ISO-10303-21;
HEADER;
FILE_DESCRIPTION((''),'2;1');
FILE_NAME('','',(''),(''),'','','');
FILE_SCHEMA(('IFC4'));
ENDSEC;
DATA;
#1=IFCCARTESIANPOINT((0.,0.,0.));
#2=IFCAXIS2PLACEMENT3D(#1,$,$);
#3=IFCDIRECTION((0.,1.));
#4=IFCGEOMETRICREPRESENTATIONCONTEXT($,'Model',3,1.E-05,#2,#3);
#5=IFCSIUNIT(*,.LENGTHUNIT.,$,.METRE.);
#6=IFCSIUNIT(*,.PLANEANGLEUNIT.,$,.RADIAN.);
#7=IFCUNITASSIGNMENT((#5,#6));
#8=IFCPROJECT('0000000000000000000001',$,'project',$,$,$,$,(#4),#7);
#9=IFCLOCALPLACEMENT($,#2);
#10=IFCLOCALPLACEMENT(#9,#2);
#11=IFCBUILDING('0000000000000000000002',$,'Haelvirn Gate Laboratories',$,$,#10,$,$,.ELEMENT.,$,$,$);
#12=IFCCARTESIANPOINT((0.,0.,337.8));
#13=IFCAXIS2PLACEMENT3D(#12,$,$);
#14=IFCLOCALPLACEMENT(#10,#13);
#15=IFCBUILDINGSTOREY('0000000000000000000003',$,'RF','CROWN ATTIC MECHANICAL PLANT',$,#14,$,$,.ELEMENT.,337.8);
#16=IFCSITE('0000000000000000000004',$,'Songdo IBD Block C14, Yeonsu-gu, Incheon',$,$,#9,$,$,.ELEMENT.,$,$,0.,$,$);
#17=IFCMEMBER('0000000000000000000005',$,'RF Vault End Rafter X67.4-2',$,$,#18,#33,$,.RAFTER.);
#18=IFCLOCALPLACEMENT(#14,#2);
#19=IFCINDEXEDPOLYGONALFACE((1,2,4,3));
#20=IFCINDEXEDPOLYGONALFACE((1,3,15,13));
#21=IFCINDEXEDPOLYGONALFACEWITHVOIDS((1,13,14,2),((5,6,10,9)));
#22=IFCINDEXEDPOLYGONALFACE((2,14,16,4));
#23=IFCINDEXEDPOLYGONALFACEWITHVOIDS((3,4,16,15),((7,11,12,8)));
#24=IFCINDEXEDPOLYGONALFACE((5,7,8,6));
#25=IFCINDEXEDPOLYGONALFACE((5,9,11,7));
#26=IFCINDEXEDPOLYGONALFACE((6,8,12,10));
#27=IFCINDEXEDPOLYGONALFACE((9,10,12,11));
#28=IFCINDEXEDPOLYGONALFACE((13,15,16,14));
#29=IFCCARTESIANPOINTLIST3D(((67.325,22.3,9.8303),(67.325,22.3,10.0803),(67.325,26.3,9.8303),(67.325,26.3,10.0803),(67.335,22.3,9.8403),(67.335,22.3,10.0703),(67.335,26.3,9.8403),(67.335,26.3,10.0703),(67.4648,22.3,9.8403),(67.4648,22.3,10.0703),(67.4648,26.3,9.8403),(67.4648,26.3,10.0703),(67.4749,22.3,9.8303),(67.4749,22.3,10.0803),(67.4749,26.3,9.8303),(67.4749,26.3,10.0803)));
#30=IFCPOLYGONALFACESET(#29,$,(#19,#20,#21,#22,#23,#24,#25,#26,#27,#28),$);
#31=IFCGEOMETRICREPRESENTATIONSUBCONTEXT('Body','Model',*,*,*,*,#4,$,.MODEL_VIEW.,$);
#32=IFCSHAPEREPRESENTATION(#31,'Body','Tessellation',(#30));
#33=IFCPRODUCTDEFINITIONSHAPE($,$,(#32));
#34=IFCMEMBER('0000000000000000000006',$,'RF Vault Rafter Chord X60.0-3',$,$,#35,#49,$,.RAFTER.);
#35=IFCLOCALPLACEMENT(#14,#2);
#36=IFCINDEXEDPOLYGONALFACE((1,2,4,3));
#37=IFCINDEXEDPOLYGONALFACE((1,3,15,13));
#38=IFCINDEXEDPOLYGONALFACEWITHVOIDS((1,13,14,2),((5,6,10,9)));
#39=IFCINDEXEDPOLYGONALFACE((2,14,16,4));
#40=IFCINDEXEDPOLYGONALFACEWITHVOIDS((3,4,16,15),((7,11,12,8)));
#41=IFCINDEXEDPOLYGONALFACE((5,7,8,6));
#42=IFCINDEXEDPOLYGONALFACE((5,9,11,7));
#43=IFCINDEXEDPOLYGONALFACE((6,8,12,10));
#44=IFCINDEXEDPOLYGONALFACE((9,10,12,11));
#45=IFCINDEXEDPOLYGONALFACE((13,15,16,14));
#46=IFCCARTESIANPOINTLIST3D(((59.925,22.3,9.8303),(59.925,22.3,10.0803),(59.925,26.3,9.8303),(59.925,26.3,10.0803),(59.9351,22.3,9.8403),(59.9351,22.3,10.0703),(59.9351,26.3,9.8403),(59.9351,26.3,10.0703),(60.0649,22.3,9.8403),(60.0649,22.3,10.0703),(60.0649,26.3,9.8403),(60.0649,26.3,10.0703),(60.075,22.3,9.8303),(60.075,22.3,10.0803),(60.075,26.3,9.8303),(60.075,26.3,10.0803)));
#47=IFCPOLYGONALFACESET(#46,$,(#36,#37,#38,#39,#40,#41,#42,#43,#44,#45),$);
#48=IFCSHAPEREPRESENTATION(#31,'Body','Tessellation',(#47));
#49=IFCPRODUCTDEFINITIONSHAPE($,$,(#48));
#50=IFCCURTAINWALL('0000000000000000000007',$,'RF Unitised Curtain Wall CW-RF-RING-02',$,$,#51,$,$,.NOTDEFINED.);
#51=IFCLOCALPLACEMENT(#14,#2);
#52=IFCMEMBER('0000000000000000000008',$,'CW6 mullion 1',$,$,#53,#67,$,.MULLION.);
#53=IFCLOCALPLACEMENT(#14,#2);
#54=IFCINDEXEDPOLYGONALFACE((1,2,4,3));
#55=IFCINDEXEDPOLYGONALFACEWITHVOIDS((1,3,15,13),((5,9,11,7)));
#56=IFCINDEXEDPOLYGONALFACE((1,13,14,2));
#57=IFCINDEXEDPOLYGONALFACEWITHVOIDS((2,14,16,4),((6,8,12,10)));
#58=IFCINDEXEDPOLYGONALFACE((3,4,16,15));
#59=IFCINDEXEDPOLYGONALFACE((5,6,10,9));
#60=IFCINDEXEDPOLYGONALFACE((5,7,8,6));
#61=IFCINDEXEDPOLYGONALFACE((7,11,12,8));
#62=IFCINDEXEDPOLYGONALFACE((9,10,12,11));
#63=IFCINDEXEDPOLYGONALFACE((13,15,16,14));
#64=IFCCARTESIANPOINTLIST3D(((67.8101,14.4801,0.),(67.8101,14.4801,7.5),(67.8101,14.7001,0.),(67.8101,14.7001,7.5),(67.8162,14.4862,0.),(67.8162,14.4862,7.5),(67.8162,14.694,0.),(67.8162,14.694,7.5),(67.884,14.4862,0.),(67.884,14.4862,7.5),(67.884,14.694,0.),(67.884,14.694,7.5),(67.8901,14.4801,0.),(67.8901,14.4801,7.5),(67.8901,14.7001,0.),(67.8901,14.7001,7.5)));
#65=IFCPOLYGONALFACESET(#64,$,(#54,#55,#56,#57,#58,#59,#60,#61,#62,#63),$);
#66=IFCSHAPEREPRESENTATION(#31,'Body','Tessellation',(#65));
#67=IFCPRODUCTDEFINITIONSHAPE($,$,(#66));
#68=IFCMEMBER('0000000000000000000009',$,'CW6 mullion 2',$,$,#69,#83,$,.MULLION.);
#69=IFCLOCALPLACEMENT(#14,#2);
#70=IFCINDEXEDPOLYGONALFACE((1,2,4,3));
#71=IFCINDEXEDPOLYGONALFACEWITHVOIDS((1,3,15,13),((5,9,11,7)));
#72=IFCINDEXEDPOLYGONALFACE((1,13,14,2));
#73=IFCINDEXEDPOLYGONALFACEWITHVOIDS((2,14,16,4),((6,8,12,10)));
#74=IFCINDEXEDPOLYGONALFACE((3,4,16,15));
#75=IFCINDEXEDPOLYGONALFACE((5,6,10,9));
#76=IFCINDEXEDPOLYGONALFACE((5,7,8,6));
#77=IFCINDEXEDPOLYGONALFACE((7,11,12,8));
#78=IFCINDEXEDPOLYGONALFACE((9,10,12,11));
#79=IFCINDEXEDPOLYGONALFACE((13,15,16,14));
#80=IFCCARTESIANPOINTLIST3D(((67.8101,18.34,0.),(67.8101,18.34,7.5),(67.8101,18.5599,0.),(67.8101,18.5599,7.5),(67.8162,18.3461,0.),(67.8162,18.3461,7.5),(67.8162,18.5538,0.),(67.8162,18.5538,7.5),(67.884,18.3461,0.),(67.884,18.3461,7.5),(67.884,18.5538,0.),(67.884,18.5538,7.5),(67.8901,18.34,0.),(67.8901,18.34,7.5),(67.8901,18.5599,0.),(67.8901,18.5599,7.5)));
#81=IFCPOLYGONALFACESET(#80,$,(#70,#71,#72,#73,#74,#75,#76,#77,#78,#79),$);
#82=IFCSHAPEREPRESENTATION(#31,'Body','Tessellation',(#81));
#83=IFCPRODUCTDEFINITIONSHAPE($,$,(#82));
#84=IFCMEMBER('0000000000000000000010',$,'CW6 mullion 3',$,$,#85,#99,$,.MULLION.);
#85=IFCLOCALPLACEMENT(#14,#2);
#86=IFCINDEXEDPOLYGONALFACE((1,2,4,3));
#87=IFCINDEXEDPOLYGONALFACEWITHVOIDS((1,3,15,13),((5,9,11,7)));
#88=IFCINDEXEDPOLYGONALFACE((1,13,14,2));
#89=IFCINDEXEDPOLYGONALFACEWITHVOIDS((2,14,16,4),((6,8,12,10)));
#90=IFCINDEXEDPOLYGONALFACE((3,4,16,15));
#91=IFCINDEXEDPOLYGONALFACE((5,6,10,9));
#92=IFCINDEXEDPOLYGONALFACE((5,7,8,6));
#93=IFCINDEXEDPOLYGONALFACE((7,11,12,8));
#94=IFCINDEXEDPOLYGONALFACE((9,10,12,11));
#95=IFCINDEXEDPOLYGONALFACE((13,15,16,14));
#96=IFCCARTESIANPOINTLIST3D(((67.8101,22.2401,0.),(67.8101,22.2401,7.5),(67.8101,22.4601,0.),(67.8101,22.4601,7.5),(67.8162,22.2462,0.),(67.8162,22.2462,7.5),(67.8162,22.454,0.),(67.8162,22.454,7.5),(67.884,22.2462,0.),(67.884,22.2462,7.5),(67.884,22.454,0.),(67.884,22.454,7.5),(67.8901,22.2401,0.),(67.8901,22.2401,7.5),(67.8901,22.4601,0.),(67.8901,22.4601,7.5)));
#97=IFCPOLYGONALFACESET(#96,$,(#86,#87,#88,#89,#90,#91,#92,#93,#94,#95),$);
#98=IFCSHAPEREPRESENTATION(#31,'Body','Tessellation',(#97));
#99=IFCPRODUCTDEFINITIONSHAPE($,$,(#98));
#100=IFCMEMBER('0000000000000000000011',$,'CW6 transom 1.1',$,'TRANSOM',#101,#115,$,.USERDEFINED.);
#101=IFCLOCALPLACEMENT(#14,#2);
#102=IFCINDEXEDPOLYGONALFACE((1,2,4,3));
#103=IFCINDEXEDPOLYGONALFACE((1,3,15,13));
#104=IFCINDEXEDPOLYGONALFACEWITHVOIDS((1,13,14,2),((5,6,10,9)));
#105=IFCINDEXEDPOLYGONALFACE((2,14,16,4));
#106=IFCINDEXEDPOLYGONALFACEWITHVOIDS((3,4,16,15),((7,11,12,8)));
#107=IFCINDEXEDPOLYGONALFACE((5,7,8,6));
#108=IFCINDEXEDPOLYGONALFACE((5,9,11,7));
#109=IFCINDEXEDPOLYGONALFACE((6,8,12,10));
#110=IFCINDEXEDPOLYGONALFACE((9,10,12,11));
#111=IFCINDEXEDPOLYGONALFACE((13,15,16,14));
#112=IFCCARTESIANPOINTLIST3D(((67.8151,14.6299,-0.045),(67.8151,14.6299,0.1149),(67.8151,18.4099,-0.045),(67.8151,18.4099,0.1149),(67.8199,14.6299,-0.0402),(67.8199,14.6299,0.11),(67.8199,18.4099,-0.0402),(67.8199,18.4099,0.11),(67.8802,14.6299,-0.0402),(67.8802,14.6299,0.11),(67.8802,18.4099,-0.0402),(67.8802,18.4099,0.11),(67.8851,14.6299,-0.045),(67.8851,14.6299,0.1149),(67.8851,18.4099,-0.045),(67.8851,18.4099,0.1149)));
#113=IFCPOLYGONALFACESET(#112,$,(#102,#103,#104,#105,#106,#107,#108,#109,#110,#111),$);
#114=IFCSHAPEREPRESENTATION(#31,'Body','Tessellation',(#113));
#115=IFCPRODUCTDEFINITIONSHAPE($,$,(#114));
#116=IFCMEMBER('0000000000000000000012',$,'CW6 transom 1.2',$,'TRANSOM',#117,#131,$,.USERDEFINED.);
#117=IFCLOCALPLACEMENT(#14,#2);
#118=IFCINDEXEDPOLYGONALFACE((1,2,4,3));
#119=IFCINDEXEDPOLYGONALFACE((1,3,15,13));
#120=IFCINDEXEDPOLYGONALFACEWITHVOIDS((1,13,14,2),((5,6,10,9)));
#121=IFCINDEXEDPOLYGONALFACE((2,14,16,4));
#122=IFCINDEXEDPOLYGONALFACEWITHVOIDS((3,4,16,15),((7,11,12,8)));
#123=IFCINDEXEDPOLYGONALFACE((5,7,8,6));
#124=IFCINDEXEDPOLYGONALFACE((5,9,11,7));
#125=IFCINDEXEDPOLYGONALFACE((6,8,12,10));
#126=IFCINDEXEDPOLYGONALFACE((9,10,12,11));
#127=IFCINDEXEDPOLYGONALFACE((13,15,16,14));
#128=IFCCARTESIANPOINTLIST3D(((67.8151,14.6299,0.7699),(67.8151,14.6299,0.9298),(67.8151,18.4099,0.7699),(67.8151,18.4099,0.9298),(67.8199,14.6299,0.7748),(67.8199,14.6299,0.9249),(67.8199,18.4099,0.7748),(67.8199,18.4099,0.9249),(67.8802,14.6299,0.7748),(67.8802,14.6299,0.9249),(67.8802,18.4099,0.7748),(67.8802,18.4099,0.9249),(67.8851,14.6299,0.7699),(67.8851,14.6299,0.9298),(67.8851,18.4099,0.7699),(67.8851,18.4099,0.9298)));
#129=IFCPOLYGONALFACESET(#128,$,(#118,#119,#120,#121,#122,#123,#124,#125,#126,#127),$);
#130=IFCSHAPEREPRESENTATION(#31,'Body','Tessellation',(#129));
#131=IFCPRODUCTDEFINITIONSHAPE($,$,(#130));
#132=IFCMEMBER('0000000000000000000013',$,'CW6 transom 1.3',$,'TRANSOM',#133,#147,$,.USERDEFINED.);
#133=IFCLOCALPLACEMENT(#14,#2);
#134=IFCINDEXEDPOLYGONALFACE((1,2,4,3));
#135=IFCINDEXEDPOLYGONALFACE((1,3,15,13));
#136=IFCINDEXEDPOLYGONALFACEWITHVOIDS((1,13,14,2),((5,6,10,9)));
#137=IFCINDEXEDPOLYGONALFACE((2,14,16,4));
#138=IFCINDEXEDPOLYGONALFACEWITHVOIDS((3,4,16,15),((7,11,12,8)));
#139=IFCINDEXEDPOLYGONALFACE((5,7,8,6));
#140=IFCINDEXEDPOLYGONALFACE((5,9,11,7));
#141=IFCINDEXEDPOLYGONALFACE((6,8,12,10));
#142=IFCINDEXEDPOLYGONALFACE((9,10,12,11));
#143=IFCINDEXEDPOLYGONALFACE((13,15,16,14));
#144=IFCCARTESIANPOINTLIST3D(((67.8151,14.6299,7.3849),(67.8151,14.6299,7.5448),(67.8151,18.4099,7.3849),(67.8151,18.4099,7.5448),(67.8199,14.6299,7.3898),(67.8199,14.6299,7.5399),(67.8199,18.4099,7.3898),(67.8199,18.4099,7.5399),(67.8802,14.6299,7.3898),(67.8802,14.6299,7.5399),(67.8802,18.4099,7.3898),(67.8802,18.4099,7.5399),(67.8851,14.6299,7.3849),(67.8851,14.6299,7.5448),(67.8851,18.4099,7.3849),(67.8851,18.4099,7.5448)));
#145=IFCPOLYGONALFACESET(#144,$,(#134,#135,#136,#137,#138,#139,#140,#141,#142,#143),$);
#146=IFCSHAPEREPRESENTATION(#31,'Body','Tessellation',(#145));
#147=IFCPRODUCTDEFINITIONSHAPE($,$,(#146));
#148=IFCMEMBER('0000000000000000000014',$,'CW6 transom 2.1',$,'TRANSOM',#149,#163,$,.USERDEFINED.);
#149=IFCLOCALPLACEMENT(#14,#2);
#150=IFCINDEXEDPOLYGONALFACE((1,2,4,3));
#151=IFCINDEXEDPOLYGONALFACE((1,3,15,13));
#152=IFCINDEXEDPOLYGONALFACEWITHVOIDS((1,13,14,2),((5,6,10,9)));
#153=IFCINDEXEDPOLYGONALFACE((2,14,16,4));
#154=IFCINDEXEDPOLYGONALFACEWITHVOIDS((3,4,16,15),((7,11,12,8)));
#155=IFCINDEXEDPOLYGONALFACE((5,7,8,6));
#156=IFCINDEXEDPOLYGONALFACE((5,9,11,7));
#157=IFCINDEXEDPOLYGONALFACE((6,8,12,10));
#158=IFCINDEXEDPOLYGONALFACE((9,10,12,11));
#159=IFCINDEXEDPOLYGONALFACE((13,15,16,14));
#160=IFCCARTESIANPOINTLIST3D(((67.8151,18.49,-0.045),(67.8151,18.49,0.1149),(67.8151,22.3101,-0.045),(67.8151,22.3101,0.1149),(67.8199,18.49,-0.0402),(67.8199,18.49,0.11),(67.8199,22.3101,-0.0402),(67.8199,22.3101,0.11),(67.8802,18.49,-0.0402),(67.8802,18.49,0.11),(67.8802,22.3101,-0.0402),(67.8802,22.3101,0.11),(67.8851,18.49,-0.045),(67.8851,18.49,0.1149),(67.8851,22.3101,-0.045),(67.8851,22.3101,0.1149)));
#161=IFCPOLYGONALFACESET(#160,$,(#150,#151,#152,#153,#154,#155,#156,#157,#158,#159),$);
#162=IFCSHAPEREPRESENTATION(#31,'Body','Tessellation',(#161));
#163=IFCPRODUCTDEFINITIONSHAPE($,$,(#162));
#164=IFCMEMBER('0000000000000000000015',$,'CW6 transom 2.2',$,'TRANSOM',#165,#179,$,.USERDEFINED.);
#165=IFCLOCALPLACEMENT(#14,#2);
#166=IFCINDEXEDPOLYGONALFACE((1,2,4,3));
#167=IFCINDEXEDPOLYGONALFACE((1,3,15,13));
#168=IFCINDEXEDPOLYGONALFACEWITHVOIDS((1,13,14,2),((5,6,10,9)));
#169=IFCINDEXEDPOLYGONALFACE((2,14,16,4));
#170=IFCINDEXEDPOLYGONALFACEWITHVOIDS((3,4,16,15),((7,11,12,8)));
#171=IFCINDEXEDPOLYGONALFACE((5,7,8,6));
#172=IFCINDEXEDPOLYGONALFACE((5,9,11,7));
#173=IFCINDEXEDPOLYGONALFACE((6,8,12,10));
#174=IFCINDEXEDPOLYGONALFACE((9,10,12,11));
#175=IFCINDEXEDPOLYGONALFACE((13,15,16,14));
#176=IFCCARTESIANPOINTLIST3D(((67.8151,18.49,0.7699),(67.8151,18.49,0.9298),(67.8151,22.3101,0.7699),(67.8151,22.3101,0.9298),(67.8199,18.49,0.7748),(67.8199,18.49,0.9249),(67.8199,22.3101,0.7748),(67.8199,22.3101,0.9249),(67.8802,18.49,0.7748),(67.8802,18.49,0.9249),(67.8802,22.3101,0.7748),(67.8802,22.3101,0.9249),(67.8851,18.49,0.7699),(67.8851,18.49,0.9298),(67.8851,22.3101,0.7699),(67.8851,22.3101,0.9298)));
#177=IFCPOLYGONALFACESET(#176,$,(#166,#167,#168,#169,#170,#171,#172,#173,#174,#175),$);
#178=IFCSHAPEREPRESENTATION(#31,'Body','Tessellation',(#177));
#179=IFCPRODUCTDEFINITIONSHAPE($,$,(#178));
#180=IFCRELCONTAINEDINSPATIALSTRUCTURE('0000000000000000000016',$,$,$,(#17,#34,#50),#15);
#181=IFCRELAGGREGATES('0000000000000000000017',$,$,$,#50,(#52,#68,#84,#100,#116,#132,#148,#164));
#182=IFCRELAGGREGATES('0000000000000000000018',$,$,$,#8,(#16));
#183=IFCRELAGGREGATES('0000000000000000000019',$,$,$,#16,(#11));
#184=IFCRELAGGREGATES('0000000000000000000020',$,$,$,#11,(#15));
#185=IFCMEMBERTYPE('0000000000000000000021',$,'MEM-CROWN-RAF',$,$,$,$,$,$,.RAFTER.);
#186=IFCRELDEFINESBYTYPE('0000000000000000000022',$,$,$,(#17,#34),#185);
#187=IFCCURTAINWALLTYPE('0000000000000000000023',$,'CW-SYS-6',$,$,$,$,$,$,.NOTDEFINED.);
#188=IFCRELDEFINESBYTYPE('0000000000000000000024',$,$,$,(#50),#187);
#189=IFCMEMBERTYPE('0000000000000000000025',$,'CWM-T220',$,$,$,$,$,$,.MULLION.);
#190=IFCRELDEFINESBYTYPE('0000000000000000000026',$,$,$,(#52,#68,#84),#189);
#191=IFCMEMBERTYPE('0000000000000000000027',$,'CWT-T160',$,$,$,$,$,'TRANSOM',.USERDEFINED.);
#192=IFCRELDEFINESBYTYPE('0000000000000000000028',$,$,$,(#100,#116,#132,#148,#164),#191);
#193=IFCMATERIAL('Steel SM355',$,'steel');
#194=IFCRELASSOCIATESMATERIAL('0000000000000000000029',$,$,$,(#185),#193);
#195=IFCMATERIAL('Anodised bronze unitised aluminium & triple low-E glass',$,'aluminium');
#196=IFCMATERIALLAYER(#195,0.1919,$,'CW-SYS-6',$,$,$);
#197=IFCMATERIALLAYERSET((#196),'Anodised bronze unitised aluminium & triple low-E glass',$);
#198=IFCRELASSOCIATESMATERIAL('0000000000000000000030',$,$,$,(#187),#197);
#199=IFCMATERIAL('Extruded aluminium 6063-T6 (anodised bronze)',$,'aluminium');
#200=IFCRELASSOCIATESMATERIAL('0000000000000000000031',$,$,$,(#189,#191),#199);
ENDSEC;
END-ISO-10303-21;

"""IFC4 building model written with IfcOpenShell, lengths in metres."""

from ifc_helpers import new_model, si_unit, direction, frame, origin, origin_2d, place, context, subcontext, project, spatial, hollow_rectangle, extrude, source, transform, mapped, material, layer, layer_set, material_profile, profile_set, type_object, type_shapes, element, aggregate, save


model = new_model("IFC4")

# Units and contexts
model_context = context("Model", 3, precision=1e-05, world=origin(), true_north=direction((0.0, 1.0)))
body_context = subcontext(model_context, "Body", "Model", "MODEL_VIEW")
ifc_project = project(units=[si_unit("LENGTHUNIT", "METRE"), si_unit("PLANEANGLEUNIT", "RADIAN")], contexts=[model_context])

# Site, building, storey
site_placement = place(None, origin())
site = spatial("IfcSite", under=ifc_project, at=site_placement, Name="Songdo IBD Block C14, Yeonsu-gu, Incheon", CompositionType="ELEMENT", RefElevation=0.0)
building_placement = place(site_placement, origin())
building = spatial("IfcBuilding", under=site, at=building_placement, Name="Haelvirn Gate Laboratories", CompositionType="ELEMENT")
storey_placement = place(building_placement, frame((0.0, 0.0, 337.8)))
storey = spatial("IfcBuildingStorey", under=building, at=storey_placement, Name="RF", Description="CROWN ATTIC MECHANICAL PLANT", CompositionType="ELEMENT", Elevation=337.8)

# Shared definitions
ifc_material_1 = material(Name="Steel SM355", Category="steel")

# Members
ifc_material_profile_1 = material_profile(ifc_material_1, hollow_rectangle(XDim=0.1499, YDim=0.25, WallThickness=0.01, at=origin_2d()), Name="RHS-250x150x10")
ifc_profile_set_1 = profile_set([ifc_material_profile_1], Name="Steel SM355")
member_type_1 = type_object("IfcMemberType", Name="MEM-CROWN-RAF", PredefinedType="RAFTER", material=ifc_profile_set_1)
shared_shape_1 = source(origin(), body_context, "Body", "SweptSolid", [
    extrude(hollow_rectangle(XDim=0.1499, YDim=0.25, WallThickness=0.01, at=origin_2d()), origin(), (0.0, 0.0, 1.0), 4.0),
])
for number, where, z_axis, x_axis, name in (
    (1, (67.3999, 22.3, 9.9553), (0.0, 1.0, 0.0), (-1.0, 0.0, 0.0), "RF Vault End Rafter X67.4-2"),
    (2, (60.0, 22.3, 9.9553), (0.0, 1.0, 0.0), (-1.0, 0.0, 0.0), "RF Vault Rafter Chord X60.0-3"),
):
    element("IfcMember", number, at=place(storey_placement, frame(where, z_axis=z_axis, x_axis=x_axis)), inside=storey, type_object=member_type_1, Name=name, PredefinedType="RAFTER", context=body_context, shape_type="MappedRepresentation", body=[
        mapped(shared_shape_1, transform((0.0, 0.0, 0.0), scale=1.0)),
    ])

# Curtain wall, members
ifc_material_2 = material(Name="Anodised bronze unitised aluminium & triple low-E glass", Category="aluminium")
ifc_layer_1 = layer(ifc_material_2, 0.1919, Name="CW-SYS-6")
ifc_layer_set_1 = layer_set([ifc_layer_1], Name="Anodised bronze unitised aluminium & triple low-E glass")
curtain_wall_type = type_object("IfcCurtainWallType", Name="CW-SYS-6", PredefinedType="NOTDEFINED", material=ifc_layer_set_1)
curtain_wall_placement = place(storey_placement, origin())
curtain_wall = element("IfcCurtainWall", 3, at=curtain_wall_placement, inside=storey, type_object=curtain_wall_type, Name="RF Unitised Curtain Wall CW-RF-RING-02", PredefinedType="NOTDEFINED")
ifc_material_3 = material(Name="Extruded aluminium 6063-T6 (anodised bronze)", Category="aluminium")
ifc_material_profile_2 = material_profile(ifc_material_3, hollow_rectangle(XDim=0.0801, YDim=0.22, WallThickness=0.0061, at=origin_2d()), Name="CWM-220x80x6")
ifc_profile_set_2 = profile_set([ifc_material_profile_2], Name="Extruded aluminium 6063-T6 (anodised bronze)")
member_type_2 = type_object("IfcMemberType", Name="CWM-T220", PredefinedType="MULLION", material=ifc_profile_set_2)
shared_shape_2 = source(origin(), body_context, "Body", "SweptSolid", [
    extrude(hollow_rectangle(XDim=0.0801, YDim=0.22, WallThickness=0.0061, at=origin_2d()), origin(), (0.0, 0.0, 1.0), 7.5),
])
type_shapes(member_type_2, [shared_shape_2])
member_1_placement = place(storey_placement, frame((67.8501, 14.5901, 0.0), z_axis=(0.0, 0.0, 1.0), x_axis=(-1.0, 0.0, 0.0)))
member_1 = element("IfcMember", 4, at=member_1_placement, type_object=member_type_2, Name="CW6 mullion 1", PredefinedType="MULLION", context=body_context, shape_type="MappedRepresentation", body=[
    mapped(shared_shape_2, transform((0.0, 0.0, 0.0), scale=1.0)),
])
member_2_placement = place(storey_placement, frame((67.8501, 18.45, 0.0), z_axis=(0.0, 0.0, 1.0), x_axis=(-1.0, 0.0, 0.0)))
member_2 = element("IfcMember", 5, at=member_2_placement, type_object=member_type_2, Name="CW6 mullion 2", PredefinedType="MULLION", context=body_context, shape_type="MappedRepresentation", body=[
    mapped(shared_shape_2, transform((0.0, 0.0, 0.0), scale=1.0)),
])
member_3_placement = place(storey_placement, frame((67.8501, 22.3501, 0.0), z_axis=(0.0, 0.0, 1.0), x_axis=(-1.0, 0.0, 0.0)))
member_3 = element("IfcMember", 6, at=member_3_placement, type_object=member_type_2, Name="CW6 mullion 3", PredefinedType="MULLION", context=body_context, shape_type="MappedRepresentation", body=[
    mapped(shared_shape_2, transform((0.0, 0.0, 0.0), scale=1.0)),
])
ifc_material_profile_3 = material_profile(ifc_material_3, hollow_rectangle(XDim=0.0701, YDim=0.1599, WallThickness=0.0049, at=origin_2d()), Name="CWT-160x70x5")
ifc_profile_set_3 = profile_set([ifc_material_profile_3], Name="Extruded aluminium 6063-T6 (anodised bronze)")
member_type_3 = type_object("IfcMemberType", Name="CWT-T160", ElementType="TRANSOM", PredefinedType="USERDEFINED", material=ifc_profile_set_3)
shared_shape_3 = source(origin(), body_context, "Body", "SweptSolid", [
    extrude(hollow_rectangle(XDim=0.0701, YDim=0.1599, WallThickness=0.0049, at=origin_2d()), origin(), (0.0, 0.0, 1.0), 3.78),
])
member_4_placement = place(storey_placement, frame((67.8501, 14.6299, 0.0349), z_axis=(0.0, 1.0, 0.0), x_axis=(-1.0, 0.0, 0.0)))
member_4 = element("IfcMember", 7, at=member_4_placement, type_object=member_type_3, Name="CW6 transom 1.1", ObjectType="TRANSOM", PredefinedType="USERDEFINED", context=body_context, shape_type="MappedRepresentation", body=[
    mapped(shared_shape_3, transform((0.0, 0.0, 0.0), scale=1.0)),
])
member_5_placement = place(storey_placement, frame((67.8501, 14.6299, 0.8499), z_axis=(0.0, 1.0, 0.0), x_axis=(-1.0, 0.0, 0.0)))
member_5 = element("IfcMember", 8, at=member_5_placement, type_object=member_type_3, Name="CW6 transom 1.2", ObjectType="TRANSOM", PredefinedType="USERDEFINED", context=body_context, shape_type="MappedRepresentation", body=[
    mapped(shared_shape_3, transform((0.0, 0.0, 0.0), scale=1.0)),
])
member_6_placement = place(storey_placement, frame((67.8501, 14.6299, 7.4648), z_axis=(0.0, 1.0, 0.0), x_axis=(-1.0, 0.0, 0.0)))
member_6 = element("IfcMember", 9, at=member_6_placement, type_object=member_type_3, Name="CW6 transom 1.3", ObjectType="TRANSOM", PredefinedType="USERDEFINED", context=body_context, shape_type="MappedRepresentation", body=[
    mapped(shared_shape_3, transform((0.0, 0.0, 0.0), scale=1.0)),
])
shared_shape_4 = source(origin(), body_context, "Body", "SweptSolid", [
    extrude(hollow_rectangle(XDim=0.0701, YDim=0.1599, WallThickness=0.0049, at=origin_2d()), origin(), (0.0, 0.0, 1.0), 3.8201),
])
type_shapes(member_type_3, [shared_shape_3, shared_shape_4])
member_7_placement = place(storey_placement, frame((67.8501, 18.49, 0.0349), z_axis=(0.0, 1.0, 0.0), x_axis=(-1.0, 0.0, 0.0)))
member_7 = element("IfcMember", 10, at=member_7_placement, type_object=member_type_3, Name="CW6 transom 2.1", ObjectType="TRANSOM", PredefinedType="USERDEFINED", context=body_context, shape_type="MappedRepresentation", body=[
    mapped(shared_shape_4, transform((0.0, 0.0, 0.0), scale=1.0)),
])
member_8_placement = place(storey_placement, frame((67.8501, 18.49, 0.8499), z_axis=(0.0, 1.0, 0.0), x_axis=(-1.0, 0.0, 0.0)))
member_8 = element("IfcMember", 11, at=member_8_placement, type_object=member_type_3, Name="CW6 transom 2.2", ObjectType="TRANSOM", PredefinedType="USERDEFINED", context=body_context, shape_type="MappedRepresentation", body=[
    mapped(shared_shape_4, transform((0.0, 0.0, 0.0), scale=1.0)),
])

aggregate(curtain_wall, [member_1, member_2, member_3, member_4, member_5, member_6, member_7, member_8])

save(model, "model.ifc")
